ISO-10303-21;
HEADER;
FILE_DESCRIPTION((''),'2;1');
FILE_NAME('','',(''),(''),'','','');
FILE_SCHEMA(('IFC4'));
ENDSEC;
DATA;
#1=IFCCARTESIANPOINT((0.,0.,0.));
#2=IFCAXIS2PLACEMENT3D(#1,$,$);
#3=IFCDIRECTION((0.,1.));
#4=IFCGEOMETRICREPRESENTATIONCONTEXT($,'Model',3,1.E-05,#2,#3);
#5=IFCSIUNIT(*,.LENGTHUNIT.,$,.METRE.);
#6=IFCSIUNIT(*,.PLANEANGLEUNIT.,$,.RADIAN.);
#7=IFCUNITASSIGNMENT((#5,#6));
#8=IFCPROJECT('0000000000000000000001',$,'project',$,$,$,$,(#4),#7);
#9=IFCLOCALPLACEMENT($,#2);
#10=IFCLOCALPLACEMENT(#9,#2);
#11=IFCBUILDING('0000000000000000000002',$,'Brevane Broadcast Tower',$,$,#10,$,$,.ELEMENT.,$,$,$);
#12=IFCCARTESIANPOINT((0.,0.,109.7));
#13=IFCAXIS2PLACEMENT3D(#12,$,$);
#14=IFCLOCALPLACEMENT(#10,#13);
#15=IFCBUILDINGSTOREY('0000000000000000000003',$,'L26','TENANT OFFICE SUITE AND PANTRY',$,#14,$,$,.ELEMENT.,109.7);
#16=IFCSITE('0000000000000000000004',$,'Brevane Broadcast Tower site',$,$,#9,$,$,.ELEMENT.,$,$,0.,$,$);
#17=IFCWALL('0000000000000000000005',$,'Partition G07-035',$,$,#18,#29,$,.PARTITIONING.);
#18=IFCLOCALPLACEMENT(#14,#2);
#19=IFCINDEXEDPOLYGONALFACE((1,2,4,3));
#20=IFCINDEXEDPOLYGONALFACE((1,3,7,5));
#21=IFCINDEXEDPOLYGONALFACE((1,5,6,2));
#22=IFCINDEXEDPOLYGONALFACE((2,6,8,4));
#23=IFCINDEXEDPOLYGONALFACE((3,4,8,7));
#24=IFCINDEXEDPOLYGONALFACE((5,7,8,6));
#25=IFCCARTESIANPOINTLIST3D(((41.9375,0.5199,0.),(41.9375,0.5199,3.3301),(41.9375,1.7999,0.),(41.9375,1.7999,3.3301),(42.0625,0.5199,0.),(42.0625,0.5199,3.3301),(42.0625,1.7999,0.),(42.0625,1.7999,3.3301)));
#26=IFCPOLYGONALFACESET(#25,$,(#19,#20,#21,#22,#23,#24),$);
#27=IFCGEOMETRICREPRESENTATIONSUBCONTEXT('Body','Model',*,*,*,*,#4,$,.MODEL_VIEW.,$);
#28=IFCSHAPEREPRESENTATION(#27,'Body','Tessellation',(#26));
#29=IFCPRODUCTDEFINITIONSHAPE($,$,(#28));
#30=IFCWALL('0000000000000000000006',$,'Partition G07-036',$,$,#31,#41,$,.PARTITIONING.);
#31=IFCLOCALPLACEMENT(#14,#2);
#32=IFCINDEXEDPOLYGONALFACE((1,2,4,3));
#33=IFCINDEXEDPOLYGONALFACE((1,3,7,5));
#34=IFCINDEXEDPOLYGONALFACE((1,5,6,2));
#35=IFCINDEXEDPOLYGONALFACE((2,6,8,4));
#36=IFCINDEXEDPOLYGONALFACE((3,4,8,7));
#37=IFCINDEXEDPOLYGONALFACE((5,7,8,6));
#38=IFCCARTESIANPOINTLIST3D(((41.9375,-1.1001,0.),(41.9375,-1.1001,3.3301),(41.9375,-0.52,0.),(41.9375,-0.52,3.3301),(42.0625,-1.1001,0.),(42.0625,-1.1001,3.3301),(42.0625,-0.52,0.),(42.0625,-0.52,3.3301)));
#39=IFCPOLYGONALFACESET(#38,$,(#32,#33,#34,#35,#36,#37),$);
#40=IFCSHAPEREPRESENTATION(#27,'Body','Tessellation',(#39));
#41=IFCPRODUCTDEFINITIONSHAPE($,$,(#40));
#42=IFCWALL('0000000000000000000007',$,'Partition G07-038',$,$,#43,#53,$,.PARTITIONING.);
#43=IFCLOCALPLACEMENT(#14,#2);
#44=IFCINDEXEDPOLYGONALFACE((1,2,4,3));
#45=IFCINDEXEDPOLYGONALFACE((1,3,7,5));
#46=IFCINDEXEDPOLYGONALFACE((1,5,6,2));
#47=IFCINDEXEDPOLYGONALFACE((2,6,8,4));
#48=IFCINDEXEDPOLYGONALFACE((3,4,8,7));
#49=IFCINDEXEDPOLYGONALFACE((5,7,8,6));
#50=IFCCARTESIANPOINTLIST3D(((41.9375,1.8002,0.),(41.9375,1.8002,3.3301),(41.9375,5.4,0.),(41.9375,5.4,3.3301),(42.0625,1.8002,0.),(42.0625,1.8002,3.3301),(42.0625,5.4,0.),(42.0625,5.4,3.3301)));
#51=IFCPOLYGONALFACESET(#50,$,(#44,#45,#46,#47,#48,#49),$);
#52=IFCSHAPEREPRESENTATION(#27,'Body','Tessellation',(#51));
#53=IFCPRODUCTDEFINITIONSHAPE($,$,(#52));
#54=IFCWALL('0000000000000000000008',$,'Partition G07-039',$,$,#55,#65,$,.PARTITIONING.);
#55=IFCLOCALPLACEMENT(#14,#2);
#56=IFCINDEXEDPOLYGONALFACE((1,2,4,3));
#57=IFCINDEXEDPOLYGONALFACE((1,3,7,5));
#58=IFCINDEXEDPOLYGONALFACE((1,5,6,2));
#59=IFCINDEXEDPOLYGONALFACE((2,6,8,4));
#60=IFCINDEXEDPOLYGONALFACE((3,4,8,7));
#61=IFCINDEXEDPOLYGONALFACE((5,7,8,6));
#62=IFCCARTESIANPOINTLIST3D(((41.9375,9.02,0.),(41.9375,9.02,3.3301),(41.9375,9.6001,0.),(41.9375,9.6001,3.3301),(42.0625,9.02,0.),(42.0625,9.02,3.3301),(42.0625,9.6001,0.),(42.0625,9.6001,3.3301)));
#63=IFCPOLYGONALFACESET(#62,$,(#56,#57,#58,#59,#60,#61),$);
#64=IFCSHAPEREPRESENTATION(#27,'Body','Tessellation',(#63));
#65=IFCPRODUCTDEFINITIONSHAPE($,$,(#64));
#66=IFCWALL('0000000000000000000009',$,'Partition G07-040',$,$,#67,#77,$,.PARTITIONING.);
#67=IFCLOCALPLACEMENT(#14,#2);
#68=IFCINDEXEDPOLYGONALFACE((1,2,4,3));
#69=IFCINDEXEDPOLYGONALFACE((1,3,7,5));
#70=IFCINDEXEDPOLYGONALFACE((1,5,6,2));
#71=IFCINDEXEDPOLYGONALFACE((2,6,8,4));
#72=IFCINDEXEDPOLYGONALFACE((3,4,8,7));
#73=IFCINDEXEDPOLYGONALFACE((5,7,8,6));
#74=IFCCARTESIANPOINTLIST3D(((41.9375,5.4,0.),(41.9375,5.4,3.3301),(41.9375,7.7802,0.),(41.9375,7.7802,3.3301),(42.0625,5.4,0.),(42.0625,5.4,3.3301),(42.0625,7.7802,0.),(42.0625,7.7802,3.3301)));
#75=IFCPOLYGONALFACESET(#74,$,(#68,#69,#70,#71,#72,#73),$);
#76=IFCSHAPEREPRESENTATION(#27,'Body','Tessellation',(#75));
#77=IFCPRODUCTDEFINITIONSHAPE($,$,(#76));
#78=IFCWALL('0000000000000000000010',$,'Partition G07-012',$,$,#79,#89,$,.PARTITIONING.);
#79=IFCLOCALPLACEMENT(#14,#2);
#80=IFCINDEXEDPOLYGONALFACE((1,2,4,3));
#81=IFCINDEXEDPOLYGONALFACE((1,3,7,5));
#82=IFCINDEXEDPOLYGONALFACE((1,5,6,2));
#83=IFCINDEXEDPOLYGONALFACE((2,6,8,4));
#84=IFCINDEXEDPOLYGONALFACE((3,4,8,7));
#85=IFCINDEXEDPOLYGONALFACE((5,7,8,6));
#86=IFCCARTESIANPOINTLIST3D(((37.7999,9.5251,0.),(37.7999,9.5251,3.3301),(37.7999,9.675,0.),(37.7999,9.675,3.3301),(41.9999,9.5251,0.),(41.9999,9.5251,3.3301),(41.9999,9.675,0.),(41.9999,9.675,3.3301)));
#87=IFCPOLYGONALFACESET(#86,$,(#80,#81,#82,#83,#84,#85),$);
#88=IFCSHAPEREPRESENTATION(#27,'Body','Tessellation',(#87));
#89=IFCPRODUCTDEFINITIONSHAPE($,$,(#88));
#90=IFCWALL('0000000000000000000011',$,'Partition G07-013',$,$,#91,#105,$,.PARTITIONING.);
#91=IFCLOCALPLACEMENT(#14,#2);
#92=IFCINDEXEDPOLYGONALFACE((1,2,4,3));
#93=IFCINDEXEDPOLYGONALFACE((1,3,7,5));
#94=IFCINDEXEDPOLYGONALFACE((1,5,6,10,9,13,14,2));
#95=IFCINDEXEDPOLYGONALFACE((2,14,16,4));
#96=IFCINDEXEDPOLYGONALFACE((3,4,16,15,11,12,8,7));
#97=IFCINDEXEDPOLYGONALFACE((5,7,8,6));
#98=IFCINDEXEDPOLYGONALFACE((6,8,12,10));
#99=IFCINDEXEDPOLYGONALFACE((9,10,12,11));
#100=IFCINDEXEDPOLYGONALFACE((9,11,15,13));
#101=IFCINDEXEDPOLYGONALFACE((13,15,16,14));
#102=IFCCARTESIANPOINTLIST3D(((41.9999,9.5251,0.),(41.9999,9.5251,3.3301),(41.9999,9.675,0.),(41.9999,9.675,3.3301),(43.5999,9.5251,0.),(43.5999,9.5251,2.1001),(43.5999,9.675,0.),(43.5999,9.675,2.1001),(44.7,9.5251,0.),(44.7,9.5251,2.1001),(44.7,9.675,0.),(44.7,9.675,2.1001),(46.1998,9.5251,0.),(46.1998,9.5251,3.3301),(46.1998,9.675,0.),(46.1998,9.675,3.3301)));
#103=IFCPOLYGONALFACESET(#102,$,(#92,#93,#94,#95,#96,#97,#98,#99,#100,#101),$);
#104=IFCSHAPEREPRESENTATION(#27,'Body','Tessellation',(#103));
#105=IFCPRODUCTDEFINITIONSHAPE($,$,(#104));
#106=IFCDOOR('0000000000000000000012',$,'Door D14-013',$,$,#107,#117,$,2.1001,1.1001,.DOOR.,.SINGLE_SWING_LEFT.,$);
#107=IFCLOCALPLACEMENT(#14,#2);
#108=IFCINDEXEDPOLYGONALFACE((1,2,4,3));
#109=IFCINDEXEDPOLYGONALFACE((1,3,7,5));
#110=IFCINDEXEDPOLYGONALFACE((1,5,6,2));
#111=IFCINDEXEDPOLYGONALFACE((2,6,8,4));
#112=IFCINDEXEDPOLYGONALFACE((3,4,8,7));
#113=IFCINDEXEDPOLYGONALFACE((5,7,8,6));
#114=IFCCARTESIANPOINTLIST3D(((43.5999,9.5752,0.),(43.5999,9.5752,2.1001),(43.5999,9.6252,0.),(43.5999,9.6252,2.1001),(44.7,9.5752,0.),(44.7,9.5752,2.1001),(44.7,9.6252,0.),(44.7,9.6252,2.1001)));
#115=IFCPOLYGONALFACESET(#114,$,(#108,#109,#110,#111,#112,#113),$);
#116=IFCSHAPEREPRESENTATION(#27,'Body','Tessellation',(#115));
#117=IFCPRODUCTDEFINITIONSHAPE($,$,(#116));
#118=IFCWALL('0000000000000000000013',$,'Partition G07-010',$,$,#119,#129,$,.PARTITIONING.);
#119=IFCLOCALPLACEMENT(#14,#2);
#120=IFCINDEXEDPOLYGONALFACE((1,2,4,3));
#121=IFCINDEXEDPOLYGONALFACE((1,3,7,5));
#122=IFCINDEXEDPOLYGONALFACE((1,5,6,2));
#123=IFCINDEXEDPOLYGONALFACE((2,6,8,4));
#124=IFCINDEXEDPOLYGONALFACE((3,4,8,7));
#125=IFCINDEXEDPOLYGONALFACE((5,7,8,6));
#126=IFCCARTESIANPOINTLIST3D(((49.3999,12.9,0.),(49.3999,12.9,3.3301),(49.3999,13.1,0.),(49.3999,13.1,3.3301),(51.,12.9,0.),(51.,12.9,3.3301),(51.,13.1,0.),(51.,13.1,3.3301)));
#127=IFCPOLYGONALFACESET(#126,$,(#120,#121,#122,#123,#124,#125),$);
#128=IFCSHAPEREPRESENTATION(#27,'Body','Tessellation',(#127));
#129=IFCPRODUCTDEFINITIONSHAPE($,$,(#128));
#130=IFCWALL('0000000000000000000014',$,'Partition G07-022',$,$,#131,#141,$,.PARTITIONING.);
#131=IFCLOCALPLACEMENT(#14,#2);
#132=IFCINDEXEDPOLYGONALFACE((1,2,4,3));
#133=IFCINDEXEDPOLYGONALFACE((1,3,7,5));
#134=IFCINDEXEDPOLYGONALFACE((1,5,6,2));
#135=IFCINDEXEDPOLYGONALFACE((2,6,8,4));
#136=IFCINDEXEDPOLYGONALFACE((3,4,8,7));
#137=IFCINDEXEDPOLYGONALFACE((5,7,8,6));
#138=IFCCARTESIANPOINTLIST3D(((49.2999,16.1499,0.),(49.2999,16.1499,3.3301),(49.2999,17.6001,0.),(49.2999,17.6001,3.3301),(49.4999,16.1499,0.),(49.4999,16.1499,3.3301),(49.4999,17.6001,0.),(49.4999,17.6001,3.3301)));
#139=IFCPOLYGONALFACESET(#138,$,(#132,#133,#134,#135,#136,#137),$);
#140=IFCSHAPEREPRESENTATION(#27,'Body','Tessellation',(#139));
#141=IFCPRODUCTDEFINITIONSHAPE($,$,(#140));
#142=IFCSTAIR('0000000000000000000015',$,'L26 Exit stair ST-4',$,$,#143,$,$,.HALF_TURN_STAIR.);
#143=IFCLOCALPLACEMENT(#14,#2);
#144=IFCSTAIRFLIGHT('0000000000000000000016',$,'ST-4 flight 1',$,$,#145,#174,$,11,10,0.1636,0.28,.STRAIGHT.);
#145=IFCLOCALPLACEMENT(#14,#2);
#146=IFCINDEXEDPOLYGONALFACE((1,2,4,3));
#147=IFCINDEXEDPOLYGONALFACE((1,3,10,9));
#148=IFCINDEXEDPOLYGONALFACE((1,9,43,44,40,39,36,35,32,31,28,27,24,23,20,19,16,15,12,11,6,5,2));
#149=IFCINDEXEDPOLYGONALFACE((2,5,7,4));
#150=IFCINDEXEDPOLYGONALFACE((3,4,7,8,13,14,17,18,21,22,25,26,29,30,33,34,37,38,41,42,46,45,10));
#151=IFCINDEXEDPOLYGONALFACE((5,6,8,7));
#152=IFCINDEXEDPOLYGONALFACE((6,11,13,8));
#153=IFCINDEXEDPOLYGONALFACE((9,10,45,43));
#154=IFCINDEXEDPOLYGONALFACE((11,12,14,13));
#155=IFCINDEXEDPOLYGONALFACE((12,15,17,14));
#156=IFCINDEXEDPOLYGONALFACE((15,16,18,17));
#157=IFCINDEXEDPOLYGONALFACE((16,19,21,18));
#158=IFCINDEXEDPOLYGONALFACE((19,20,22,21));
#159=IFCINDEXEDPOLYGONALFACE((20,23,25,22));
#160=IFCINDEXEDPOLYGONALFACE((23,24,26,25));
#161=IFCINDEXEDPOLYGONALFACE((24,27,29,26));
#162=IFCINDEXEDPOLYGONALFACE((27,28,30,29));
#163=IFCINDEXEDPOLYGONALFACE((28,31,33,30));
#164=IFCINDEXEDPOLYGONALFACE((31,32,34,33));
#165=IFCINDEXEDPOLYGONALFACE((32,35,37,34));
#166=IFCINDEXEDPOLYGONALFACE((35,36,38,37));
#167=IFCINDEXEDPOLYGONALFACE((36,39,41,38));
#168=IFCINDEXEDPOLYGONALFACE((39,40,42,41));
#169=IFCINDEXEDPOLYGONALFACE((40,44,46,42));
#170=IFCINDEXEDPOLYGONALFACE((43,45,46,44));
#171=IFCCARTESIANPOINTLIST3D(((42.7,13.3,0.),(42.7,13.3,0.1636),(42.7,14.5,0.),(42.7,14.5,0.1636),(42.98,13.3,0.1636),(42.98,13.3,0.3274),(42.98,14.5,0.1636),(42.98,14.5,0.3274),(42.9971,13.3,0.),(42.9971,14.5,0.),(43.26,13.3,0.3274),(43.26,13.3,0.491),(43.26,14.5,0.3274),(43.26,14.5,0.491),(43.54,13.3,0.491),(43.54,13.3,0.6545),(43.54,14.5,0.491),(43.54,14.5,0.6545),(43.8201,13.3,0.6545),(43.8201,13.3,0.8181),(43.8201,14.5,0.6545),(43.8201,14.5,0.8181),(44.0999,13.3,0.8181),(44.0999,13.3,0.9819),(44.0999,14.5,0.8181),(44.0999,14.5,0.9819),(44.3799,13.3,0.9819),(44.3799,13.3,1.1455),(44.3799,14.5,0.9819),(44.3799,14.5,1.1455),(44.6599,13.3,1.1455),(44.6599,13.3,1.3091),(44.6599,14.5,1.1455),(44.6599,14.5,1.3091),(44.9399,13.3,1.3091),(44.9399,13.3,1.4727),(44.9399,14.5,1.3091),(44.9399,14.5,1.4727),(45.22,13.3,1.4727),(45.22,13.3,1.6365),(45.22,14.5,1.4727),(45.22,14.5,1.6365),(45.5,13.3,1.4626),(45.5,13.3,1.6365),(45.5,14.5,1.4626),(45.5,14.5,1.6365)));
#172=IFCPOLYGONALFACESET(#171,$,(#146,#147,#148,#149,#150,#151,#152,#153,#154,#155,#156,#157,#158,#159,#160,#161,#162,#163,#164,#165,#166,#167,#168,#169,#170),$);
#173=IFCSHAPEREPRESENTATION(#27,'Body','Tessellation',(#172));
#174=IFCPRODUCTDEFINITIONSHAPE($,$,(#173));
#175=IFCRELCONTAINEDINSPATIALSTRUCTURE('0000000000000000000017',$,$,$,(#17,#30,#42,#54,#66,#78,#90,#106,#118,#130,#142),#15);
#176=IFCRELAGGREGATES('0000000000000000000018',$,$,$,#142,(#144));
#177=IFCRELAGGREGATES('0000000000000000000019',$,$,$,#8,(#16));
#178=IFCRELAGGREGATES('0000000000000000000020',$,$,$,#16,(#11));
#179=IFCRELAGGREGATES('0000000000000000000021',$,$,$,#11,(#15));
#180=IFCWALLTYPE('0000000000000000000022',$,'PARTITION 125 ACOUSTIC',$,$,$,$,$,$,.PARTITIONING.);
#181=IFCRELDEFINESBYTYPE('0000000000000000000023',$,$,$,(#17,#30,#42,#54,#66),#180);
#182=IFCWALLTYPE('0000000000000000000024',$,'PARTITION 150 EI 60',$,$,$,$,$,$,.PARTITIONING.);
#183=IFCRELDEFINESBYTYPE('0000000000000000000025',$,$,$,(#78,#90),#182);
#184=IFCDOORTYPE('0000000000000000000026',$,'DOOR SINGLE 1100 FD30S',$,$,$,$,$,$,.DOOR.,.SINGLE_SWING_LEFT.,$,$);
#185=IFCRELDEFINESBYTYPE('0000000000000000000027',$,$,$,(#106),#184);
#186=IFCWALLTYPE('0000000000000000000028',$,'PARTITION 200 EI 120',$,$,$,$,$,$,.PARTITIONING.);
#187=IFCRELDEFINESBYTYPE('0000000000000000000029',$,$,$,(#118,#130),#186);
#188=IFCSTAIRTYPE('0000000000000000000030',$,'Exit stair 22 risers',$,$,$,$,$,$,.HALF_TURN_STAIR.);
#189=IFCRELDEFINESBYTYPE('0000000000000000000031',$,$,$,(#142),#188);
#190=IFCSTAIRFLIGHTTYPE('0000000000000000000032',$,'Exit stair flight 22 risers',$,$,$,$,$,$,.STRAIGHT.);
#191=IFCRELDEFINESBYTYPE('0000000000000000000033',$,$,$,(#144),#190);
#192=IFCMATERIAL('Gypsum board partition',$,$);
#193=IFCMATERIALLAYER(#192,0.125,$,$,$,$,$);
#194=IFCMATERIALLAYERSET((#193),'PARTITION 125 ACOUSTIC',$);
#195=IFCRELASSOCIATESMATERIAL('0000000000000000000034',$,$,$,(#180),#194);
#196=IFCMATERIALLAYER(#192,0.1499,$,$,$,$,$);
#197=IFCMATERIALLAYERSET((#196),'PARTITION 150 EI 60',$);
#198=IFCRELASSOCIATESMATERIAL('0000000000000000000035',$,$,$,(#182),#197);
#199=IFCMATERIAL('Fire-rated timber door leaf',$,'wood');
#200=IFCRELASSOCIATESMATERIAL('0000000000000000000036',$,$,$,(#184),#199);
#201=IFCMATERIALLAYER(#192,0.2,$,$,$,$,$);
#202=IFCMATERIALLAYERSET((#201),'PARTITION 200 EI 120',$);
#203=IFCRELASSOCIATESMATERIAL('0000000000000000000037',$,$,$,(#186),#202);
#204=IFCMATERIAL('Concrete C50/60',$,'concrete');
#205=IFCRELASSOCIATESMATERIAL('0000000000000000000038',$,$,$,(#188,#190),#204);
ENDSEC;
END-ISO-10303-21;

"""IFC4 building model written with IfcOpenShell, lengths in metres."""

from ifc_helpers import new_model, si_unit, direction, frame, frame_2d, origin, place, context, subcontext, project, spatial, polyline, rectangle, outline, extrude, material, layer, layer_set, type_object, element, fill, aggregate, save


model = new_model("IFC4")

# Units and contexts
model_context = context("Model", 3, precision=1e-05, world=origin(), true_north=direction((0.0, 1.0)))
body_context = subcontext(model_context, "Body", "Model", "MODEL_VIEW")
ifc_project = project(units=[si_unit("LENGTHUNIT", "METRE"), si_unit("PLANEANGLEUNIT", "RADIAN")], contexts=[model_context])

# Site, building, storey
site_placement = place(None, origin())
site = spatial("IfcSite", under=ifc_project, at=site_placement, Name="Brevane Broadcast Tower site", CompositionType="ELEMENT", RefElevation=0.0)
building_placement = place(site_placement, origin())
building = spatial("IfcBuilding", under=site, at=building_placement, Name="Brevane Broadcast Tower", CompositionType="ELEMENT")
storey_placement = place(building_placement, frame((0.0, 0.0, 109.7)))
storey = spatial("IfcBuildingStorey", under=building, at=storey_placement, Name="L26", Description="TENANT OFFICE SUITE AND PANTRY", CompositionType="ELEMENT", Elevation=109.7)

# Walls
ifc_material_1 = material(Name="Gypsum board partition")
ifc_layer_1 = layer(ifc_material_1, 0.125)
ifc_layer_set_1 = layer_set([ifc_layer_1], Name="PARTITION 125 ACOUSTIC")
wall_type_1 = type_object("IfcWallType", Name="PARTITION 125 ACOUSTIC", PredefinedType="PARTITIONING", material=ifc_layer_set_1)
wall_1_placement = place(storey_placement, frame((42.0, 1.8, 0.0), z_axis=(0.0, 0.0, 1.0), x_axis=(0.0, -1.0, 0.0)))
element("IfcWall", 1, at=wall_1_placement, inside=storey, type_object=wall_type_1, Name="Partition G07-035", PredefinedType="PARTITIONING", context=body_context, shape_type="SweptSolid", body=[
    extrude(rectangle(XDim=1.28, YDim=0.125, at=frame_2d((0.6401, 0.0))), origin(), (0.0, 0.0, 1.0), 3.3301),
])
wall_2_placement = place(storey_placement, frame((42.0, -0.52, 0.0), z_axis=(0.0, 0.0, 1.0), x_axis=(0.0, -1.0, 0.0)))
element("IfcWall", 2, at=wall_2_placement, inside=storey, type_object=wall_type_1, Name="Partition G07-036", PredefinedType="PARTITIONING", context=body_context, shape_type="SweptSolid", body=[
    extrude(rectangle(XDim=0.5801, YDim=0.125, at=frame_2d((0.29, 0.0))), origin(), (0.0, 0.0, 1.0), 3.3301),
])
wall_3_placement = place(storey_placement, frame((42.0, 5.3999, 0.0), z_axis=(0.0, 0.0, 1.0), x_axis=(0.0, -1.0, 0.0)))
element("IfcWall", 3, at=wall_3_placement, inside=storey, type_object=wall_type_1, Name="Partition G07-038", PredefinedType="PARTITIONING", context=body_context, shape_type="SweptSolid", body=[
    extrude(rectangle(XDim=3.5999, YDim=0.125, at=frame_2d((1.7998, 0.0))), origin(), (0.0, 0.0, 1.0), 3.3301),
])
wall_4_placement = place(storey_placement, frame((42.0, 9.6001, 0.0), z_axis=(0.0, 0.0, 1.0), x_axis=(0.0, -1.0, 0.0)))
element("IfcWall", 4, at=wall_4_placement, inside=storey, type_object=wall_type_1, Name="Partition G07-039", PredefinedType="PARTITIONING", context=body_context, shape_type="SweptSolid", body=[
    extrude(rectangle(XDim=0.5801, YDim=0.125, at=frame_2d((0.29, 0.0))), origin(), (0.0, 0.0, 1.0), 3.3301),
])
wall_5_placement = place(storey_placement, frame((42.0, 7.78, 0.0), z_axis=(0.0, 0.0, 1.0), x_axis=(0.0, -1.0, 0.0)))
element("IfcWall", 5, at=wall_5_placement, inside=storey, type_object=wall_type_1, Name="Partition G07-040", PredefinedType="PARTITIONING", context=body_context, shape_type="SweptSolid", body=[
    extrude(rectangle(XDim=2.3801, YDim=0.125, at=frame_2d((1.1899, 0.0))), origin(), (0.0, 0.0, 1.0), 3.3301),
])
ifc_layer_2 = layer(ifc_material_1, 0.1499)
ifc_layer_set_2 = layer_set([ifc_layer_2], Name="PARTITION 150 EI 60")
wall_type_2 = type_object("IfcWallType", Name="PARTITION 150 EI 60", PredefinedType="PARTITIONING", material=ifc_layer_set_2)
wall_6_placement = place(storey_placement, frame((42.0, 9.6001, 0.0), z_axis=(0.0, 0.0, 1.0), x_axis=(-1.0, 0.0, 0.0)))
element("IfcWall", 6, at=wall_6_placement, inside=storey, type_object=wall_type_2, Name="Partition G07-012", PredefinedType="PARTITIONING", context=body_context, shape_type="SweptSolid", body=[
    extrude(rectangle(XDim=4.2, YDim=0.1499, at=frame_2d((2.1001, 0.0))), origin(), (0.0, 0.0, 1.0), 3.3301),
])

# Wall, opening, door
wall_7_placement = place(storey_placement, frame((46.2, 9.6001, 0.0), z_axis=(0.0, 0.0, 1.0), x_axis=(-1.0, 0.0, 0.0)))
wall_7 = element("IfcWall", 7, at=wall_7_placement, inside=storey, type_object=wall_type_2, Name="Partition G07-013", PredefinedType="PARTITIONING", context=body_context, shape_type="SweptSolid", body=[
    extrude(rectangle(XDim=4.2, YDim=0.1499, at=frame_2d((2.1001, 0.0))), origin(), (0.0, 0.0, 1.0), 3.3301),
])
opening_1_placement = place(wall_7_placement, frame((1.5, 0.0, 0.0)))
opening_1 = element("IfcOpeningElement", 8, at=opening_1_placement, cuts=wall_7, PredefinedType="OPENING", context=body_context, shape_type="SweptSolid", body=[
    extrude(rectangle(XDim=1.1001, YDim=2.1001, at=frame_2d((0.55, 1.05))), frame((0.0, 0.085, 0.0), z_axis=(0.0, -1.0, 0.0), x_axis=(1.0, 0.0, 0.0)), (0.0, 0.0, 1.0), 0.1699),
])
ifc_material_2 = material(Name="Fire-rated timber door leaf", Category="wood")
door_type_1 = type_object("IfcDoorType", Name="DOOR SINGLE 1100 FD30S", OperationType="SINGLE_SWING_LEFT", PredefinedType="DOOR", material=ifc_material_2)
door_1_placement = place(opening_1_placement, origin())
door_1 = element("IfcDoor", 9, at=door_1_placement, inside=storey, type_object=door_type_1, Name="Door D14-013", OperationType="SINGLE_SWING_LEFT", OverallHeight=2.1001, OverallWidth=1.1001, PredefinedType="DOOR", context=body_context, shape_type="SweptSolid", body=[
    extrude(rectangle(XDim=1.1001, YDim=2.1001, at=frame_2d((0.55, 1.05))), frame((0.0, 0.0249, 0.0), z_axis=(0.0, -1.0, 0.0), x_axis=(1.0, 0.0, 0.0)), (0.0, 0.0, 1.0), 0.05),
])
fill(opening_1, door_1)

# Walls
ifc_layer_3 = layer(ifc_material_1, 0.2)
ifc_layer_set_3 = layer_set([ifc_layer_3], Name="PARTITION 200 EI 120")
wall_type_3 = type_object("IfcWallType", Name="PARTITION 200 EI 120", PredefinedType="PARTITIONING", material=ifc_layer_set_3)
wall_8_placement = place(storey_placement, frame((49.3999, 13.0, 0.0), z_axis=(0.0, 0.0, 1.0), x_axis=(1.0, 0.0, 0.0)))
element("IfcWall", 10, at=wall_8_placement, inside=storey, type_object=wall_type_3, Name="Partition G07-010", PredefinedType="PARTITIONING", context=body_context, shape_type="SweptSolid", body=[
    extrude(rectangle(XDim=1.6001, YDim=0.2, at=frame_2d((0.8, 0.0))), origin(), (0.0, 0.0, 1.0), 3.3301),
])
wall_9_placement = place(storey_placement, frame((49.3999, 17.6001, 0.0), z_axis=(0.0, 0.0, 1.0), x_axis=(0.0, -1.0, 0.0)))
element("IfcWall", 11, at=wall_9_placement, inside=storey, type_object=wall_type_3, Name="Partition G07-022", PredefinedType="PARTITIONING", context=body_context, shape_type="SweptSolid", body=[
    extrude(rectangle(XDim=1.4502, YDim=0.2, at=frame_2d((0.7251, 0.0))), origin(), (0.0, 0.0, 1.0), 3.3301),
])

# Stair, stair flight
ifc_material_3 = material(Name="Concrete C50/60", Category="concrete")
stair_type = type_object("IfcStairType", Name="Exit stair 22 risers", PredefinedType="HALF_TURN_STAIR", material=ifc_material_3)
stair_placement = place(storey_placement, origin())
stair = element("IfcStair", 12, at=stair_placement, inside=storey, type_object=stair_type, Name="L26 Exit stair ST-4", PredefinedType="HALF_TURN_STAIR")
stair_flight_type = type_object("IfcStairFlightType", Name="Exit stair flight 22 risers", PredefinedType="STRAIGHT", material=ifc_material_3)
stair_flight_1_placement = place(storey_placement, frame((42.7, 13.8999, 0.0), z_axis=(0.0, 0.0, 1.0), x_axis=(1.0, 0.0, 0.0)))
stair_flight_1 = element("IfcStairFlight", 13, at=stair_flight_1_placement, type_object=stair_flight_type, Name="ST-4 flight 1", NumberOfRisers=11, NumberOfTreads=10, PredefinedType="STRAIGHT", RiserHeight=0.1636, TreadLength=0.28, context=body_context, shape_type="SweptSolid", body=[
    extrude(outline(polyline([(0.0, 0.0), (0.0, 0.1636), (0.28, 0.1636), (0.28, 0.3274), (0.5601, 0.3274), (0.5601, 0.491), (0.8401, 0.491), (0.8401, 0.6545), (1.1201, 0.6545), (1.1201, 0.8181), (1.3999, 0.8181), (1.3999, 0.9819), (1.6799, 0.9819), (1.6799, 1.1455), (1.96, 1.1455), (1.96, 1.3091), (2.24, 1.3091), (2.24, 1.4727), (2.52, 1.4727), (2.52, 1.6365), (2.8, 1.6365), (2.8, 1.8), (2.8, 1.4626), (0.2971, 0.0), (0.0, 0.0)])), frame((0.0, 0.6001, 0.0), z_axis=(0.0, -1.0, 0.0), x_axis=(1.0, 0.0, 0.0)), (0.0, 0.0, 1.0), 1.2),
])
aggregate(stair, [stair_flight_1])

save(model, "model.ifc")
